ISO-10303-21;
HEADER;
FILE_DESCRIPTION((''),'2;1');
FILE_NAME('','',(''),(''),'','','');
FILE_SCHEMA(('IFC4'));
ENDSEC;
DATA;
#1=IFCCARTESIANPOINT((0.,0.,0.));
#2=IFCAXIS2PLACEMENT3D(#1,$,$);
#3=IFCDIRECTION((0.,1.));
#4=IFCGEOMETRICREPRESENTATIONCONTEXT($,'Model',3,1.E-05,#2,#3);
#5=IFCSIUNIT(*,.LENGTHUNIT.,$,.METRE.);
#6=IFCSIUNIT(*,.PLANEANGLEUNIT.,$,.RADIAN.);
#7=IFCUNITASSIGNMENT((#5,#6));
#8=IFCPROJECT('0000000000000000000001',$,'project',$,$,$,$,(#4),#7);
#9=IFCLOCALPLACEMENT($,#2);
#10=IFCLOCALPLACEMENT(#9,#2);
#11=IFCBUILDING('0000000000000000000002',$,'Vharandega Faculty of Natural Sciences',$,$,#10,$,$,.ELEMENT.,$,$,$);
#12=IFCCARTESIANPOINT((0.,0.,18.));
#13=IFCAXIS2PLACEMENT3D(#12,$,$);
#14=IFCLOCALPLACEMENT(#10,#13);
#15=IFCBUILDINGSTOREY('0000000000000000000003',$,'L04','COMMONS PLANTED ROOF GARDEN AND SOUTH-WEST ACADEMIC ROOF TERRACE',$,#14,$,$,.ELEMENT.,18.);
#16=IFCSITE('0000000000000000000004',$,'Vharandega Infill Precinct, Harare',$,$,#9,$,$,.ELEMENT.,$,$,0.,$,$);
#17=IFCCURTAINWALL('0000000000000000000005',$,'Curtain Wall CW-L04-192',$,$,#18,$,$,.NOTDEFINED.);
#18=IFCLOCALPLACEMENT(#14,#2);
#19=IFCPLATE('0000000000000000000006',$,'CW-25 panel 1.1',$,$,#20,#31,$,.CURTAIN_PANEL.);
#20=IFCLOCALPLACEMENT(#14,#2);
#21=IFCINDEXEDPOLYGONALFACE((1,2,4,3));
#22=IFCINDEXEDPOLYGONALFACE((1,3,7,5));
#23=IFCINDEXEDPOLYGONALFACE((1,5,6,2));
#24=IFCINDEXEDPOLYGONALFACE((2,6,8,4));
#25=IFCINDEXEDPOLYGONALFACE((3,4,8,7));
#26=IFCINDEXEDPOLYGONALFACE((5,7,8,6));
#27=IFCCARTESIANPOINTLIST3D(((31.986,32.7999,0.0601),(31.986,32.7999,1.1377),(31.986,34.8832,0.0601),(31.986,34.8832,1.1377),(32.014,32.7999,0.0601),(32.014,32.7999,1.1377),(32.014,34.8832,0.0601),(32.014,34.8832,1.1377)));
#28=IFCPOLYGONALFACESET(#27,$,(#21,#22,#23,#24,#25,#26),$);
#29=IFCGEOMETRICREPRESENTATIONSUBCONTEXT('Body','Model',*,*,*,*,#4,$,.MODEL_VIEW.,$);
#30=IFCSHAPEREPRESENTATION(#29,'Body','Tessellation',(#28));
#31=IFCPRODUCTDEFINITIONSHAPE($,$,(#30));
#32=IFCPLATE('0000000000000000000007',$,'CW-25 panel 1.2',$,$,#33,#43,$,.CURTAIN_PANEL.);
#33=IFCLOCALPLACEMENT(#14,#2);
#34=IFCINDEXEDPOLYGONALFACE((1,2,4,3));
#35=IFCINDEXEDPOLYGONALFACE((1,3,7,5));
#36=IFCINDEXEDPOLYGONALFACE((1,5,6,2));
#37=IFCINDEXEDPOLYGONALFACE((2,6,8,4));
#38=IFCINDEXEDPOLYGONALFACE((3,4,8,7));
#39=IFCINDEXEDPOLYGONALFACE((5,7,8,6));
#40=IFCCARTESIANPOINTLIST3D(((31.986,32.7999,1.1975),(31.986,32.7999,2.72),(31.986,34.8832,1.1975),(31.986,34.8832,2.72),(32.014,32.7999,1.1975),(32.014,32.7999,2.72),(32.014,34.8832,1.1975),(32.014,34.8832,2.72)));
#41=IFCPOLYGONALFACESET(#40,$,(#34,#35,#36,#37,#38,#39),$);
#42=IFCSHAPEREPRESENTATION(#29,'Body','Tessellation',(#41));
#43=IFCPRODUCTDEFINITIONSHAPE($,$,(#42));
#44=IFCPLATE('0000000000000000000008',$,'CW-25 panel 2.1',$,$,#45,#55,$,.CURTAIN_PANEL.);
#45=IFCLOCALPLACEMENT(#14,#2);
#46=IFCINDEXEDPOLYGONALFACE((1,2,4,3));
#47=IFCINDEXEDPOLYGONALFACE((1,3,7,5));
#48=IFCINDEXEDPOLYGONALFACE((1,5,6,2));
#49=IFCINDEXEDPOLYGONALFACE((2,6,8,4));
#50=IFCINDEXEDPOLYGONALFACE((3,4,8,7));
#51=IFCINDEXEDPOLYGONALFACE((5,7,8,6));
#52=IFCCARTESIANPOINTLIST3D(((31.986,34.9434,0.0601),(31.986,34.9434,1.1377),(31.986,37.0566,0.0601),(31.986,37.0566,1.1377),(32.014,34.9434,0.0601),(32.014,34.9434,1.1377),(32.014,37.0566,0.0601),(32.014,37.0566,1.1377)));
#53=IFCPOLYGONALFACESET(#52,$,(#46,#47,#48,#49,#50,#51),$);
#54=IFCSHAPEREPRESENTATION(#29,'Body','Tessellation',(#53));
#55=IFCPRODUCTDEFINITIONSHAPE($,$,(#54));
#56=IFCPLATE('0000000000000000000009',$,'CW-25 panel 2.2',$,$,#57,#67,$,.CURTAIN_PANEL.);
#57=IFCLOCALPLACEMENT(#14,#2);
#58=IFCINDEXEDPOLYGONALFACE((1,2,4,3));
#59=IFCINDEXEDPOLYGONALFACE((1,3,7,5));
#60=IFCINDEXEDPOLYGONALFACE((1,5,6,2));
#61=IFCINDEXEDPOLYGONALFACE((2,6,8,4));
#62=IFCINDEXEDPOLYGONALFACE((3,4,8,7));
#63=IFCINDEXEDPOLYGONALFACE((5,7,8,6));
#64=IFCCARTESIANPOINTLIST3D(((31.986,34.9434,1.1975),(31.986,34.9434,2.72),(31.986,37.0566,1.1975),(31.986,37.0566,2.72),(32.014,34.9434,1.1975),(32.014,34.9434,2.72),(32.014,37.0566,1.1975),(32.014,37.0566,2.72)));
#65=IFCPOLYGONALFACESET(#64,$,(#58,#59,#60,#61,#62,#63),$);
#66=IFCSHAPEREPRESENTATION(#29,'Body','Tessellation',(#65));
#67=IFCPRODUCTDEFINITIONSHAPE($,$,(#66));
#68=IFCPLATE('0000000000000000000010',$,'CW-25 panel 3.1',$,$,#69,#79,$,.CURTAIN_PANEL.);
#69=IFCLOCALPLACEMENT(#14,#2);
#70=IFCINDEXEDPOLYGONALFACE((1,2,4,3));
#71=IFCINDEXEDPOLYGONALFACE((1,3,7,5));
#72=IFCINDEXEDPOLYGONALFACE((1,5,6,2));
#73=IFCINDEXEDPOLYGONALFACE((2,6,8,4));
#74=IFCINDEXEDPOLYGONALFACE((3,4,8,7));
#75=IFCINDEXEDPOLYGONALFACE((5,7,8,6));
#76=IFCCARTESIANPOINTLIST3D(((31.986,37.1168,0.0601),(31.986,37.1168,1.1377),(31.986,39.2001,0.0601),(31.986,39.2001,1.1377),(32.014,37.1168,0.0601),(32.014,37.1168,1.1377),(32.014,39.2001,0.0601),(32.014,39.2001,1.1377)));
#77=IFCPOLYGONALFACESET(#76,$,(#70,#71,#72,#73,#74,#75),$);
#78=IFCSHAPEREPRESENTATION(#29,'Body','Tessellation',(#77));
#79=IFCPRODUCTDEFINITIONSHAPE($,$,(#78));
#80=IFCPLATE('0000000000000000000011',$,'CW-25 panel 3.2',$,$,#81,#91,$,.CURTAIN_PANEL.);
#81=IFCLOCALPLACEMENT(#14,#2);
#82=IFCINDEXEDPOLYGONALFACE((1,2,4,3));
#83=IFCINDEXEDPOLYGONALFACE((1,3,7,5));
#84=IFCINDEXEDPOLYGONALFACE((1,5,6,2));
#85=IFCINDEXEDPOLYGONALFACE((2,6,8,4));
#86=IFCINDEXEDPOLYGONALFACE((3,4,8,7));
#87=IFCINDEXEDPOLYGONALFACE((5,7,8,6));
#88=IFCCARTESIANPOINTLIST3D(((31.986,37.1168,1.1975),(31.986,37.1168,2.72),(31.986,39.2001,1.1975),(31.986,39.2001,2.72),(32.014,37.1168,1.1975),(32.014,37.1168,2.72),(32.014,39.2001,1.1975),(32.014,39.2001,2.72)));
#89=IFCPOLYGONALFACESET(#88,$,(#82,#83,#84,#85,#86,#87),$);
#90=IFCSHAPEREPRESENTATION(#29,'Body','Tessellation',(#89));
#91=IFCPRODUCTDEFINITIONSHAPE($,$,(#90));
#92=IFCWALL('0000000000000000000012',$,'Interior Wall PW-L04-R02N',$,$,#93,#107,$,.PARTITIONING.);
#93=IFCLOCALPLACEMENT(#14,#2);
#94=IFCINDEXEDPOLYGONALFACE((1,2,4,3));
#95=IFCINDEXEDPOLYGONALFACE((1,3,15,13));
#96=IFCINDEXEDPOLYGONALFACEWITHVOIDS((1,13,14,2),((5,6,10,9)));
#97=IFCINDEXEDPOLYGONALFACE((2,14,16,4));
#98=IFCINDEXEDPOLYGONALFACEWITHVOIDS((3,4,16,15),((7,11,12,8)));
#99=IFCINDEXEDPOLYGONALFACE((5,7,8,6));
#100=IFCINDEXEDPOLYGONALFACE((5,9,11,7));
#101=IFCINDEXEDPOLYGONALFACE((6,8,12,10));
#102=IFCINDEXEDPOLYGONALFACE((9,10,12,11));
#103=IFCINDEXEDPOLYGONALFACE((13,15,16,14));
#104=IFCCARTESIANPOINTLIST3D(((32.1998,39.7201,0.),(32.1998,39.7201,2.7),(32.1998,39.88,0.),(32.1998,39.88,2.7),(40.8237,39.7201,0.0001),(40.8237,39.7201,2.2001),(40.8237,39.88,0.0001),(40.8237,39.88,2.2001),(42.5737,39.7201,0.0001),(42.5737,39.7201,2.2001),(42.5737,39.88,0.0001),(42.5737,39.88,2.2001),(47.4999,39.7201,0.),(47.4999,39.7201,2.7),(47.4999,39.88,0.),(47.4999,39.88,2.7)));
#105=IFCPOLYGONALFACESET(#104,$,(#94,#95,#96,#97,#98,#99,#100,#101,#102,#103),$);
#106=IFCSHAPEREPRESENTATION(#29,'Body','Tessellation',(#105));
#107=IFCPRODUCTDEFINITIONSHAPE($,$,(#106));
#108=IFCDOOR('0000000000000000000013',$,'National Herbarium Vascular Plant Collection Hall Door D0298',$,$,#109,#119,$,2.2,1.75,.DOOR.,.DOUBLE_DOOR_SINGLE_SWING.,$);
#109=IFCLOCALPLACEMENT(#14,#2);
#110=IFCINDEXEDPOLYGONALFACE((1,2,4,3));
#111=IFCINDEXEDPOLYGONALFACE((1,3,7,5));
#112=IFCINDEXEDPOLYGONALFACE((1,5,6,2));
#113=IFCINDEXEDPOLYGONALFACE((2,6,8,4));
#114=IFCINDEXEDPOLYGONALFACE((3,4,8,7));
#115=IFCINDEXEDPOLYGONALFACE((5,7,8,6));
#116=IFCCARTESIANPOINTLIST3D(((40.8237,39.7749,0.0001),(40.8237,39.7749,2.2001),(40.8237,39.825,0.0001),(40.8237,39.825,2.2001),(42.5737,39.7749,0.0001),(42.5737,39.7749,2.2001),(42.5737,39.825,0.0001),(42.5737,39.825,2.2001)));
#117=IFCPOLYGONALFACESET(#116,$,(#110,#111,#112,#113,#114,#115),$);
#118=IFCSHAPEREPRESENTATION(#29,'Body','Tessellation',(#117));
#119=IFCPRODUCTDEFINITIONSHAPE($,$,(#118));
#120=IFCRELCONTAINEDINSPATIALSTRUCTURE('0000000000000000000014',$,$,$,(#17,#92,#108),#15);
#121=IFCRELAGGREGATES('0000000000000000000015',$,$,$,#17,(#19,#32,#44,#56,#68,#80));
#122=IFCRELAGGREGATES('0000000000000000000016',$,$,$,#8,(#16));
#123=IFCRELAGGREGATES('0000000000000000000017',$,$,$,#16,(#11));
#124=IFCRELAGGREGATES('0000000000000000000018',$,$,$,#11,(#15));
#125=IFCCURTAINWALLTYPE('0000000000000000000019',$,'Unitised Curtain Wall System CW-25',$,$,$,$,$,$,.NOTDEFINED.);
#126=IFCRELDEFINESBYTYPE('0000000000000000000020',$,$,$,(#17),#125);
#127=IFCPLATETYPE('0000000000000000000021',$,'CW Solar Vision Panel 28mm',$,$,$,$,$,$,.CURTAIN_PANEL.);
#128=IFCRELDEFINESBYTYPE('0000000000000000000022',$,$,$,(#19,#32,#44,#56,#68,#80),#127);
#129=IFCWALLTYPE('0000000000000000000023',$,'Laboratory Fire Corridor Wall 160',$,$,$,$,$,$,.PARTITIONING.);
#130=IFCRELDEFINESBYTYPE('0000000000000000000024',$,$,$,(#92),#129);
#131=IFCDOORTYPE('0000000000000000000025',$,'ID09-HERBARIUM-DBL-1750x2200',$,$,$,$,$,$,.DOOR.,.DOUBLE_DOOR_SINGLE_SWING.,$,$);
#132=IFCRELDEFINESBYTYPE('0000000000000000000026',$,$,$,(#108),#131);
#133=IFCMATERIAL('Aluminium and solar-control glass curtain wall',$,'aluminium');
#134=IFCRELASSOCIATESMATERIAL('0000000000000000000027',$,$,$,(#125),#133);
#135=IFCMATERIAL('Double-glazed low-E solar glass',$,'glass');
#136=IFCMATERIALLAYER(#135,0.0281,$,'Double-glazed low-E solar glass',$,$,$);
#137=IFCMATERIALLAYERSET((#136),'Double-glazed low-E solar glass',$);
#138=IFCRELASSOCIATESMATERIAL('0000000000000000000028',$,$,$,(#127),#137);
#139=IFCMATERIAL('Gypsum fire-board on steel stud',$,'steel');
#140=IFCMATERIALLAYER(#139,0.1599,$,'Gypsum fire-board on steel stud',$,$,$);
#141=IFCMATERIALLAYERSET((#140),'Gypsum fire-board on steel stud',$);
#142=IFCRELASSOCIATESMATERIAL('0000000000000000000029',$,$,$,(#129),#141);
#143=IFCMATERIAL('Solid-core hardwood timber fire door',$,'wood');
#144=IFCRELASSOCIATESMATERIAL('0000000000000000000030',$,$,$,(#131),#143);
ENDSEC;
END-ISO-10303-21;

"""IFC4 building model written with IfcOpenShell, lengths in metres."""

from ifc_helpers import new_model, si_unit, direction, frame, frame_2d, origin, origin_2d, place, context, subcontext, project, spatial, rectangle, extrude, material, layer, layer_set, type_object, element, fill, aggregate, save


model = new_model("IFC4")

# Units and contexts
model_context = context("Model", 3, precision=1e-05, world=origin(), true_north=direction((0.0, 1.0)))
body_context = subcontext(model_context, "Body", "Model", "MODEL_VIEW")
ifc_project = project(units=[si_unit("LENGTHUNIT", "METRE"), si_unit("PLANEANGLEUNIT", "RADIAN")], contexts=[model_context])

# Site, building, storey
site_placement = place(None, origin())
site = spatial("IfcSite", under=ifc_project, at=site_placement, Name="Vharandega Infill Precinct, Harare", CompositionType="ELEMENT", RefElevation=0.0)
building_placement = place(site_placement, origin())
building = spatial("IfcBuilding", under=site, at=building_placement, Name="Vharandega Faculty of Natural Sciences", CompositionType="ELEMENT")
storey_placement = place(building_placement, frame((0.0, 0.0, 18.0)))
storey = spatial("IfcBuildingStorey", under=building, at=storey_placement, Name="L04", Description="COMMONS PLANTED ROOF GARDEN AND SOUTH-WEST ACADEMIC ROOF TERRACE", CompositionType="ELEMENT", Elevation=18.0)

# Curtain wall
ifc_material_1 = material(Name="Aluminium and solar-control glass curtain wall", Category="aluminium")
curtain_wall_type = type_object("IfcCurtainWallType", Name="Unitised Curtain Wall System CW-25", PredefinedType="NOTDEFINED", material=ifc_material_1)
curtain_wall_placement = place(storey_placement, origin())
curtain_wall = element("IfcCurtainWall", 1, at=curtain_wall_placement, inside=storey, type_object=curtain_wall_type, Name="Curtain Wall CW-L04-192", PredefinedType="NOTDEFINED")

# Plates
ifc_material_2 = material(Name="Double-glazed low-E solar glass", Category="glass")
ifc_layer_1 = layer(ifc_material_2, 0.0281, Name="Double-glazed low-E solar glass")
ifc_layer_set_1 = layer_set([ifc_layer_1], Name="Double-glazed low-E solar glass")
plate_type = type_object("IfcPlateType", Name="CW Solar Vision Panel 28mm", PredefinedType="CURTAIN_PANEL", material=ifc_layer_set_1)
plate_1_placement = place(storey_placement, frame((32.0, 33.8416, 0.0601), z_axis=(0.0, 0.0, 1.0), x_axis=(0.0, 1.0, 0.0)))
plate_1 = element("IfcPlate", 2, at=plate_1_placement, type_object=plate_type, Name="CW-25 panel 1.1", PredefinedType="CURTAIN_PANEL", context=body_context, shape_type="SweptSolid", body=[
    extrude(rectangle(XDim=2.0833, YDim=0.0281, at=origin_2d()), origin(), (0.0, 0.0, 1.0), 1.0776),
])
plate_2_placement = place(storey_placement, frame((32.0, 33.8416, 1.1975), z_axis=(0.0, 0.0, 1.0), x_axis=(0.0, 1.0, 0.0)))
plate_2 = element("IfcPlate", 3, at=plate_2_placement, type_object=plate_type, Name="CW-25 panel 1.2", PredefinedType="CURTAIN_PANEL", context=body_context, shape_type="SweptSolid", body=[
    extrude(rectangle(XDim=2.0833, YDim=0.0281, at=origin_2d()), origin(), (0.0, 0.0, 1.0), 1.5225),
])
plate_3_placement = place(storey_placement, frame((32.0, 36.0, 0.0601), z_axis=(0.0, 0.0, 1.0), x_axis=(0.0, 1.0, 0.0)))
plate_3 = element("IfcPlate", 4, at=plate_3_placement, type_object=plate_type, Name="CW-25 panel 2.1", PredefinedType="CURTAIN_PANEL", context=body_context, shape_type="SweptSolid", body=[
    extrude(rectangle(XDim=2.1133, YDim=0.0281, at=origin_2d()), origin(), (0.0, 0.0, 1.0), 1.0776),
])
plate_4_placement = place(storey_placement, frame((32.0, 36.0, 1.1975), z_axis=(0.0, 0.0, 1.0), x_axis=(0.0, 1.0, 0.0)))
plate_4 = element("IfcPlate", 5, at=plate_4_placement, type_object=plate_type, Name="CW-25 panel 2.2", PredefinedType="CURTAIN_PANEL", context=body_context, shape_type="SweptSolid", body=[
    extrude(rectangle(XDim=2.1133, YDim=0.0281, at=origin_2d()), origin(), (0.0, 0.0, 1.0), 1.5225),
])
plate_5_placement = place(storey_placement, frame((32.0, 38.1584, 0.0601), z_axis=(0.0, 0.0, 1.0), x_axis=(0.0, 1.0, 0.0)))
plate_5 = element("IfcPlate", 6, at=plate_5_placement, type_object=plate_type, Name="CW-25 panel 3.1", PredefinedType="CURTAIN_PANEL", context=body_context, shape_type="SweptSolid", body=[
    extrude(rectangle(XDim=2.0833, YDim=0.0281, at=origin_2d()), origin(), (0.0, 0.0, 1.0), 1.0776),
])
plate_6_placement = place(storey_placement, frame((32.0, 38.1584, 1.1975), z_axis=(0.0, 0.0, 1.0), x_axis=(0.0, 1.0, 0.0)))
plate_6 = element("IfcPlate", 7, at=plate_6_placement, type_object=plate_type, Name="CW-25 panel 3.2", PredefinedType="CURTAIN_PANEL", context=body_context, shape_type="SweptSolid", body=[
    extrude(rectangle(XDim=2.0833, YDim=0.0281, at=origin_2d()), origin(), (0.0, 0.0, 1.0), 1.5225),
])
aggregate(curtain_wall, [plate_1, plate_2, plate_3, plate_4, plate_5, plate_6])

# Wall, opening, door
ifc_material_3 = material(Name="Gypsum fire-board on steel stud", Category="steel")
ifc_layer_2 = layer(ifc_material_3, 0.1599, Name="Gypsum fire-board on steel stud")
ifc_layer_set_2 = layer_set([ifc_layer_2], Name="Gypsum fire-board on steel stud")
wall_type = type_object("IfcWallType", Name="Laboratory Fire Corridor Wall 160", PredefinedType="PARTITIONING", material=ifc_layer_set_2)
wall_placement = place(storey_placement, frame((32.2, 39.8, 0.0), z_axis=(0.0, 0.0, 1.0), x_axis=(1.0, 0.0, 0.0)))
wall = element("IfcWall", 8, at=wall_placement, inside=storey, type_object=wall_type, Name="Interior Wall PW-L04-R02N", PredefinedType="PARTITIONING", context=body_context, shape_type="SweptSolid", body=[
    extrude(rectangle(XDim=15.3, YDim=0.1599, at=frame_2d((7.6499, 0.0))), origin(), (0.0, 0.0, 1.0), 2.7),
])
opening_placement = place(wall_placement, frame((8.6238, 0.0, 0.0)))
opening = element("IfcOpeningElement", 9, at=opening_placement, cuts=wall, PredefinedType="OPENING", context=body_context, shape_type="SweptSolid", body=[
    extrude(rectangle(XDim=1.75, YDim=2.2, at=frame_2d((0.875, 1.1001))), frame((0.0, 0.0898, 0.0), z_axis=(0.0, -1.0, 0.0), x_axis=(1.0, 0.0, 0.0)), (0.0, 0.0, 1.0), 0.1799),
])
ifc_material_4 = material(Name="Solid-core hardwood timber fire door", Category="wood")
door_type = type_object("IfcDoorType", Name="ID09-HERBARIUM-DBL-1750x2200", OperationType="DOUBLE_DOOR_SINGLE_SWING", PredefinedType="DOOR", material=ifc_material_4)
door_placement = place(opening_placement, origin())
door = element("IfcDoor", 10, at=door_placement, inside=storey, type_object=door_type, Name="National Herbarium Vascular Plant Collection Hall Door D0298", OperationType="DOUBLE_DOOR_SINGLE_SWING", OverallHeight=2.2, OverallWidth=1.75, PredefinedType="DOOR", context=body_context, shape_type="SweptSolid", body=[
    extrude(rectangle(XDim=1.75, YDim=2.2, at=frame_2d((0.875, 1.1001))), frame((0.0, 0.0249, 0.0), z_axis=(0.0, -1.0, 0.0), x_axis=(1.0, 0.0, 0.0)), (0.0, 0.0, 1.0), 0.05),
])
fill(opening, door)

save(model, "model.ifc")
